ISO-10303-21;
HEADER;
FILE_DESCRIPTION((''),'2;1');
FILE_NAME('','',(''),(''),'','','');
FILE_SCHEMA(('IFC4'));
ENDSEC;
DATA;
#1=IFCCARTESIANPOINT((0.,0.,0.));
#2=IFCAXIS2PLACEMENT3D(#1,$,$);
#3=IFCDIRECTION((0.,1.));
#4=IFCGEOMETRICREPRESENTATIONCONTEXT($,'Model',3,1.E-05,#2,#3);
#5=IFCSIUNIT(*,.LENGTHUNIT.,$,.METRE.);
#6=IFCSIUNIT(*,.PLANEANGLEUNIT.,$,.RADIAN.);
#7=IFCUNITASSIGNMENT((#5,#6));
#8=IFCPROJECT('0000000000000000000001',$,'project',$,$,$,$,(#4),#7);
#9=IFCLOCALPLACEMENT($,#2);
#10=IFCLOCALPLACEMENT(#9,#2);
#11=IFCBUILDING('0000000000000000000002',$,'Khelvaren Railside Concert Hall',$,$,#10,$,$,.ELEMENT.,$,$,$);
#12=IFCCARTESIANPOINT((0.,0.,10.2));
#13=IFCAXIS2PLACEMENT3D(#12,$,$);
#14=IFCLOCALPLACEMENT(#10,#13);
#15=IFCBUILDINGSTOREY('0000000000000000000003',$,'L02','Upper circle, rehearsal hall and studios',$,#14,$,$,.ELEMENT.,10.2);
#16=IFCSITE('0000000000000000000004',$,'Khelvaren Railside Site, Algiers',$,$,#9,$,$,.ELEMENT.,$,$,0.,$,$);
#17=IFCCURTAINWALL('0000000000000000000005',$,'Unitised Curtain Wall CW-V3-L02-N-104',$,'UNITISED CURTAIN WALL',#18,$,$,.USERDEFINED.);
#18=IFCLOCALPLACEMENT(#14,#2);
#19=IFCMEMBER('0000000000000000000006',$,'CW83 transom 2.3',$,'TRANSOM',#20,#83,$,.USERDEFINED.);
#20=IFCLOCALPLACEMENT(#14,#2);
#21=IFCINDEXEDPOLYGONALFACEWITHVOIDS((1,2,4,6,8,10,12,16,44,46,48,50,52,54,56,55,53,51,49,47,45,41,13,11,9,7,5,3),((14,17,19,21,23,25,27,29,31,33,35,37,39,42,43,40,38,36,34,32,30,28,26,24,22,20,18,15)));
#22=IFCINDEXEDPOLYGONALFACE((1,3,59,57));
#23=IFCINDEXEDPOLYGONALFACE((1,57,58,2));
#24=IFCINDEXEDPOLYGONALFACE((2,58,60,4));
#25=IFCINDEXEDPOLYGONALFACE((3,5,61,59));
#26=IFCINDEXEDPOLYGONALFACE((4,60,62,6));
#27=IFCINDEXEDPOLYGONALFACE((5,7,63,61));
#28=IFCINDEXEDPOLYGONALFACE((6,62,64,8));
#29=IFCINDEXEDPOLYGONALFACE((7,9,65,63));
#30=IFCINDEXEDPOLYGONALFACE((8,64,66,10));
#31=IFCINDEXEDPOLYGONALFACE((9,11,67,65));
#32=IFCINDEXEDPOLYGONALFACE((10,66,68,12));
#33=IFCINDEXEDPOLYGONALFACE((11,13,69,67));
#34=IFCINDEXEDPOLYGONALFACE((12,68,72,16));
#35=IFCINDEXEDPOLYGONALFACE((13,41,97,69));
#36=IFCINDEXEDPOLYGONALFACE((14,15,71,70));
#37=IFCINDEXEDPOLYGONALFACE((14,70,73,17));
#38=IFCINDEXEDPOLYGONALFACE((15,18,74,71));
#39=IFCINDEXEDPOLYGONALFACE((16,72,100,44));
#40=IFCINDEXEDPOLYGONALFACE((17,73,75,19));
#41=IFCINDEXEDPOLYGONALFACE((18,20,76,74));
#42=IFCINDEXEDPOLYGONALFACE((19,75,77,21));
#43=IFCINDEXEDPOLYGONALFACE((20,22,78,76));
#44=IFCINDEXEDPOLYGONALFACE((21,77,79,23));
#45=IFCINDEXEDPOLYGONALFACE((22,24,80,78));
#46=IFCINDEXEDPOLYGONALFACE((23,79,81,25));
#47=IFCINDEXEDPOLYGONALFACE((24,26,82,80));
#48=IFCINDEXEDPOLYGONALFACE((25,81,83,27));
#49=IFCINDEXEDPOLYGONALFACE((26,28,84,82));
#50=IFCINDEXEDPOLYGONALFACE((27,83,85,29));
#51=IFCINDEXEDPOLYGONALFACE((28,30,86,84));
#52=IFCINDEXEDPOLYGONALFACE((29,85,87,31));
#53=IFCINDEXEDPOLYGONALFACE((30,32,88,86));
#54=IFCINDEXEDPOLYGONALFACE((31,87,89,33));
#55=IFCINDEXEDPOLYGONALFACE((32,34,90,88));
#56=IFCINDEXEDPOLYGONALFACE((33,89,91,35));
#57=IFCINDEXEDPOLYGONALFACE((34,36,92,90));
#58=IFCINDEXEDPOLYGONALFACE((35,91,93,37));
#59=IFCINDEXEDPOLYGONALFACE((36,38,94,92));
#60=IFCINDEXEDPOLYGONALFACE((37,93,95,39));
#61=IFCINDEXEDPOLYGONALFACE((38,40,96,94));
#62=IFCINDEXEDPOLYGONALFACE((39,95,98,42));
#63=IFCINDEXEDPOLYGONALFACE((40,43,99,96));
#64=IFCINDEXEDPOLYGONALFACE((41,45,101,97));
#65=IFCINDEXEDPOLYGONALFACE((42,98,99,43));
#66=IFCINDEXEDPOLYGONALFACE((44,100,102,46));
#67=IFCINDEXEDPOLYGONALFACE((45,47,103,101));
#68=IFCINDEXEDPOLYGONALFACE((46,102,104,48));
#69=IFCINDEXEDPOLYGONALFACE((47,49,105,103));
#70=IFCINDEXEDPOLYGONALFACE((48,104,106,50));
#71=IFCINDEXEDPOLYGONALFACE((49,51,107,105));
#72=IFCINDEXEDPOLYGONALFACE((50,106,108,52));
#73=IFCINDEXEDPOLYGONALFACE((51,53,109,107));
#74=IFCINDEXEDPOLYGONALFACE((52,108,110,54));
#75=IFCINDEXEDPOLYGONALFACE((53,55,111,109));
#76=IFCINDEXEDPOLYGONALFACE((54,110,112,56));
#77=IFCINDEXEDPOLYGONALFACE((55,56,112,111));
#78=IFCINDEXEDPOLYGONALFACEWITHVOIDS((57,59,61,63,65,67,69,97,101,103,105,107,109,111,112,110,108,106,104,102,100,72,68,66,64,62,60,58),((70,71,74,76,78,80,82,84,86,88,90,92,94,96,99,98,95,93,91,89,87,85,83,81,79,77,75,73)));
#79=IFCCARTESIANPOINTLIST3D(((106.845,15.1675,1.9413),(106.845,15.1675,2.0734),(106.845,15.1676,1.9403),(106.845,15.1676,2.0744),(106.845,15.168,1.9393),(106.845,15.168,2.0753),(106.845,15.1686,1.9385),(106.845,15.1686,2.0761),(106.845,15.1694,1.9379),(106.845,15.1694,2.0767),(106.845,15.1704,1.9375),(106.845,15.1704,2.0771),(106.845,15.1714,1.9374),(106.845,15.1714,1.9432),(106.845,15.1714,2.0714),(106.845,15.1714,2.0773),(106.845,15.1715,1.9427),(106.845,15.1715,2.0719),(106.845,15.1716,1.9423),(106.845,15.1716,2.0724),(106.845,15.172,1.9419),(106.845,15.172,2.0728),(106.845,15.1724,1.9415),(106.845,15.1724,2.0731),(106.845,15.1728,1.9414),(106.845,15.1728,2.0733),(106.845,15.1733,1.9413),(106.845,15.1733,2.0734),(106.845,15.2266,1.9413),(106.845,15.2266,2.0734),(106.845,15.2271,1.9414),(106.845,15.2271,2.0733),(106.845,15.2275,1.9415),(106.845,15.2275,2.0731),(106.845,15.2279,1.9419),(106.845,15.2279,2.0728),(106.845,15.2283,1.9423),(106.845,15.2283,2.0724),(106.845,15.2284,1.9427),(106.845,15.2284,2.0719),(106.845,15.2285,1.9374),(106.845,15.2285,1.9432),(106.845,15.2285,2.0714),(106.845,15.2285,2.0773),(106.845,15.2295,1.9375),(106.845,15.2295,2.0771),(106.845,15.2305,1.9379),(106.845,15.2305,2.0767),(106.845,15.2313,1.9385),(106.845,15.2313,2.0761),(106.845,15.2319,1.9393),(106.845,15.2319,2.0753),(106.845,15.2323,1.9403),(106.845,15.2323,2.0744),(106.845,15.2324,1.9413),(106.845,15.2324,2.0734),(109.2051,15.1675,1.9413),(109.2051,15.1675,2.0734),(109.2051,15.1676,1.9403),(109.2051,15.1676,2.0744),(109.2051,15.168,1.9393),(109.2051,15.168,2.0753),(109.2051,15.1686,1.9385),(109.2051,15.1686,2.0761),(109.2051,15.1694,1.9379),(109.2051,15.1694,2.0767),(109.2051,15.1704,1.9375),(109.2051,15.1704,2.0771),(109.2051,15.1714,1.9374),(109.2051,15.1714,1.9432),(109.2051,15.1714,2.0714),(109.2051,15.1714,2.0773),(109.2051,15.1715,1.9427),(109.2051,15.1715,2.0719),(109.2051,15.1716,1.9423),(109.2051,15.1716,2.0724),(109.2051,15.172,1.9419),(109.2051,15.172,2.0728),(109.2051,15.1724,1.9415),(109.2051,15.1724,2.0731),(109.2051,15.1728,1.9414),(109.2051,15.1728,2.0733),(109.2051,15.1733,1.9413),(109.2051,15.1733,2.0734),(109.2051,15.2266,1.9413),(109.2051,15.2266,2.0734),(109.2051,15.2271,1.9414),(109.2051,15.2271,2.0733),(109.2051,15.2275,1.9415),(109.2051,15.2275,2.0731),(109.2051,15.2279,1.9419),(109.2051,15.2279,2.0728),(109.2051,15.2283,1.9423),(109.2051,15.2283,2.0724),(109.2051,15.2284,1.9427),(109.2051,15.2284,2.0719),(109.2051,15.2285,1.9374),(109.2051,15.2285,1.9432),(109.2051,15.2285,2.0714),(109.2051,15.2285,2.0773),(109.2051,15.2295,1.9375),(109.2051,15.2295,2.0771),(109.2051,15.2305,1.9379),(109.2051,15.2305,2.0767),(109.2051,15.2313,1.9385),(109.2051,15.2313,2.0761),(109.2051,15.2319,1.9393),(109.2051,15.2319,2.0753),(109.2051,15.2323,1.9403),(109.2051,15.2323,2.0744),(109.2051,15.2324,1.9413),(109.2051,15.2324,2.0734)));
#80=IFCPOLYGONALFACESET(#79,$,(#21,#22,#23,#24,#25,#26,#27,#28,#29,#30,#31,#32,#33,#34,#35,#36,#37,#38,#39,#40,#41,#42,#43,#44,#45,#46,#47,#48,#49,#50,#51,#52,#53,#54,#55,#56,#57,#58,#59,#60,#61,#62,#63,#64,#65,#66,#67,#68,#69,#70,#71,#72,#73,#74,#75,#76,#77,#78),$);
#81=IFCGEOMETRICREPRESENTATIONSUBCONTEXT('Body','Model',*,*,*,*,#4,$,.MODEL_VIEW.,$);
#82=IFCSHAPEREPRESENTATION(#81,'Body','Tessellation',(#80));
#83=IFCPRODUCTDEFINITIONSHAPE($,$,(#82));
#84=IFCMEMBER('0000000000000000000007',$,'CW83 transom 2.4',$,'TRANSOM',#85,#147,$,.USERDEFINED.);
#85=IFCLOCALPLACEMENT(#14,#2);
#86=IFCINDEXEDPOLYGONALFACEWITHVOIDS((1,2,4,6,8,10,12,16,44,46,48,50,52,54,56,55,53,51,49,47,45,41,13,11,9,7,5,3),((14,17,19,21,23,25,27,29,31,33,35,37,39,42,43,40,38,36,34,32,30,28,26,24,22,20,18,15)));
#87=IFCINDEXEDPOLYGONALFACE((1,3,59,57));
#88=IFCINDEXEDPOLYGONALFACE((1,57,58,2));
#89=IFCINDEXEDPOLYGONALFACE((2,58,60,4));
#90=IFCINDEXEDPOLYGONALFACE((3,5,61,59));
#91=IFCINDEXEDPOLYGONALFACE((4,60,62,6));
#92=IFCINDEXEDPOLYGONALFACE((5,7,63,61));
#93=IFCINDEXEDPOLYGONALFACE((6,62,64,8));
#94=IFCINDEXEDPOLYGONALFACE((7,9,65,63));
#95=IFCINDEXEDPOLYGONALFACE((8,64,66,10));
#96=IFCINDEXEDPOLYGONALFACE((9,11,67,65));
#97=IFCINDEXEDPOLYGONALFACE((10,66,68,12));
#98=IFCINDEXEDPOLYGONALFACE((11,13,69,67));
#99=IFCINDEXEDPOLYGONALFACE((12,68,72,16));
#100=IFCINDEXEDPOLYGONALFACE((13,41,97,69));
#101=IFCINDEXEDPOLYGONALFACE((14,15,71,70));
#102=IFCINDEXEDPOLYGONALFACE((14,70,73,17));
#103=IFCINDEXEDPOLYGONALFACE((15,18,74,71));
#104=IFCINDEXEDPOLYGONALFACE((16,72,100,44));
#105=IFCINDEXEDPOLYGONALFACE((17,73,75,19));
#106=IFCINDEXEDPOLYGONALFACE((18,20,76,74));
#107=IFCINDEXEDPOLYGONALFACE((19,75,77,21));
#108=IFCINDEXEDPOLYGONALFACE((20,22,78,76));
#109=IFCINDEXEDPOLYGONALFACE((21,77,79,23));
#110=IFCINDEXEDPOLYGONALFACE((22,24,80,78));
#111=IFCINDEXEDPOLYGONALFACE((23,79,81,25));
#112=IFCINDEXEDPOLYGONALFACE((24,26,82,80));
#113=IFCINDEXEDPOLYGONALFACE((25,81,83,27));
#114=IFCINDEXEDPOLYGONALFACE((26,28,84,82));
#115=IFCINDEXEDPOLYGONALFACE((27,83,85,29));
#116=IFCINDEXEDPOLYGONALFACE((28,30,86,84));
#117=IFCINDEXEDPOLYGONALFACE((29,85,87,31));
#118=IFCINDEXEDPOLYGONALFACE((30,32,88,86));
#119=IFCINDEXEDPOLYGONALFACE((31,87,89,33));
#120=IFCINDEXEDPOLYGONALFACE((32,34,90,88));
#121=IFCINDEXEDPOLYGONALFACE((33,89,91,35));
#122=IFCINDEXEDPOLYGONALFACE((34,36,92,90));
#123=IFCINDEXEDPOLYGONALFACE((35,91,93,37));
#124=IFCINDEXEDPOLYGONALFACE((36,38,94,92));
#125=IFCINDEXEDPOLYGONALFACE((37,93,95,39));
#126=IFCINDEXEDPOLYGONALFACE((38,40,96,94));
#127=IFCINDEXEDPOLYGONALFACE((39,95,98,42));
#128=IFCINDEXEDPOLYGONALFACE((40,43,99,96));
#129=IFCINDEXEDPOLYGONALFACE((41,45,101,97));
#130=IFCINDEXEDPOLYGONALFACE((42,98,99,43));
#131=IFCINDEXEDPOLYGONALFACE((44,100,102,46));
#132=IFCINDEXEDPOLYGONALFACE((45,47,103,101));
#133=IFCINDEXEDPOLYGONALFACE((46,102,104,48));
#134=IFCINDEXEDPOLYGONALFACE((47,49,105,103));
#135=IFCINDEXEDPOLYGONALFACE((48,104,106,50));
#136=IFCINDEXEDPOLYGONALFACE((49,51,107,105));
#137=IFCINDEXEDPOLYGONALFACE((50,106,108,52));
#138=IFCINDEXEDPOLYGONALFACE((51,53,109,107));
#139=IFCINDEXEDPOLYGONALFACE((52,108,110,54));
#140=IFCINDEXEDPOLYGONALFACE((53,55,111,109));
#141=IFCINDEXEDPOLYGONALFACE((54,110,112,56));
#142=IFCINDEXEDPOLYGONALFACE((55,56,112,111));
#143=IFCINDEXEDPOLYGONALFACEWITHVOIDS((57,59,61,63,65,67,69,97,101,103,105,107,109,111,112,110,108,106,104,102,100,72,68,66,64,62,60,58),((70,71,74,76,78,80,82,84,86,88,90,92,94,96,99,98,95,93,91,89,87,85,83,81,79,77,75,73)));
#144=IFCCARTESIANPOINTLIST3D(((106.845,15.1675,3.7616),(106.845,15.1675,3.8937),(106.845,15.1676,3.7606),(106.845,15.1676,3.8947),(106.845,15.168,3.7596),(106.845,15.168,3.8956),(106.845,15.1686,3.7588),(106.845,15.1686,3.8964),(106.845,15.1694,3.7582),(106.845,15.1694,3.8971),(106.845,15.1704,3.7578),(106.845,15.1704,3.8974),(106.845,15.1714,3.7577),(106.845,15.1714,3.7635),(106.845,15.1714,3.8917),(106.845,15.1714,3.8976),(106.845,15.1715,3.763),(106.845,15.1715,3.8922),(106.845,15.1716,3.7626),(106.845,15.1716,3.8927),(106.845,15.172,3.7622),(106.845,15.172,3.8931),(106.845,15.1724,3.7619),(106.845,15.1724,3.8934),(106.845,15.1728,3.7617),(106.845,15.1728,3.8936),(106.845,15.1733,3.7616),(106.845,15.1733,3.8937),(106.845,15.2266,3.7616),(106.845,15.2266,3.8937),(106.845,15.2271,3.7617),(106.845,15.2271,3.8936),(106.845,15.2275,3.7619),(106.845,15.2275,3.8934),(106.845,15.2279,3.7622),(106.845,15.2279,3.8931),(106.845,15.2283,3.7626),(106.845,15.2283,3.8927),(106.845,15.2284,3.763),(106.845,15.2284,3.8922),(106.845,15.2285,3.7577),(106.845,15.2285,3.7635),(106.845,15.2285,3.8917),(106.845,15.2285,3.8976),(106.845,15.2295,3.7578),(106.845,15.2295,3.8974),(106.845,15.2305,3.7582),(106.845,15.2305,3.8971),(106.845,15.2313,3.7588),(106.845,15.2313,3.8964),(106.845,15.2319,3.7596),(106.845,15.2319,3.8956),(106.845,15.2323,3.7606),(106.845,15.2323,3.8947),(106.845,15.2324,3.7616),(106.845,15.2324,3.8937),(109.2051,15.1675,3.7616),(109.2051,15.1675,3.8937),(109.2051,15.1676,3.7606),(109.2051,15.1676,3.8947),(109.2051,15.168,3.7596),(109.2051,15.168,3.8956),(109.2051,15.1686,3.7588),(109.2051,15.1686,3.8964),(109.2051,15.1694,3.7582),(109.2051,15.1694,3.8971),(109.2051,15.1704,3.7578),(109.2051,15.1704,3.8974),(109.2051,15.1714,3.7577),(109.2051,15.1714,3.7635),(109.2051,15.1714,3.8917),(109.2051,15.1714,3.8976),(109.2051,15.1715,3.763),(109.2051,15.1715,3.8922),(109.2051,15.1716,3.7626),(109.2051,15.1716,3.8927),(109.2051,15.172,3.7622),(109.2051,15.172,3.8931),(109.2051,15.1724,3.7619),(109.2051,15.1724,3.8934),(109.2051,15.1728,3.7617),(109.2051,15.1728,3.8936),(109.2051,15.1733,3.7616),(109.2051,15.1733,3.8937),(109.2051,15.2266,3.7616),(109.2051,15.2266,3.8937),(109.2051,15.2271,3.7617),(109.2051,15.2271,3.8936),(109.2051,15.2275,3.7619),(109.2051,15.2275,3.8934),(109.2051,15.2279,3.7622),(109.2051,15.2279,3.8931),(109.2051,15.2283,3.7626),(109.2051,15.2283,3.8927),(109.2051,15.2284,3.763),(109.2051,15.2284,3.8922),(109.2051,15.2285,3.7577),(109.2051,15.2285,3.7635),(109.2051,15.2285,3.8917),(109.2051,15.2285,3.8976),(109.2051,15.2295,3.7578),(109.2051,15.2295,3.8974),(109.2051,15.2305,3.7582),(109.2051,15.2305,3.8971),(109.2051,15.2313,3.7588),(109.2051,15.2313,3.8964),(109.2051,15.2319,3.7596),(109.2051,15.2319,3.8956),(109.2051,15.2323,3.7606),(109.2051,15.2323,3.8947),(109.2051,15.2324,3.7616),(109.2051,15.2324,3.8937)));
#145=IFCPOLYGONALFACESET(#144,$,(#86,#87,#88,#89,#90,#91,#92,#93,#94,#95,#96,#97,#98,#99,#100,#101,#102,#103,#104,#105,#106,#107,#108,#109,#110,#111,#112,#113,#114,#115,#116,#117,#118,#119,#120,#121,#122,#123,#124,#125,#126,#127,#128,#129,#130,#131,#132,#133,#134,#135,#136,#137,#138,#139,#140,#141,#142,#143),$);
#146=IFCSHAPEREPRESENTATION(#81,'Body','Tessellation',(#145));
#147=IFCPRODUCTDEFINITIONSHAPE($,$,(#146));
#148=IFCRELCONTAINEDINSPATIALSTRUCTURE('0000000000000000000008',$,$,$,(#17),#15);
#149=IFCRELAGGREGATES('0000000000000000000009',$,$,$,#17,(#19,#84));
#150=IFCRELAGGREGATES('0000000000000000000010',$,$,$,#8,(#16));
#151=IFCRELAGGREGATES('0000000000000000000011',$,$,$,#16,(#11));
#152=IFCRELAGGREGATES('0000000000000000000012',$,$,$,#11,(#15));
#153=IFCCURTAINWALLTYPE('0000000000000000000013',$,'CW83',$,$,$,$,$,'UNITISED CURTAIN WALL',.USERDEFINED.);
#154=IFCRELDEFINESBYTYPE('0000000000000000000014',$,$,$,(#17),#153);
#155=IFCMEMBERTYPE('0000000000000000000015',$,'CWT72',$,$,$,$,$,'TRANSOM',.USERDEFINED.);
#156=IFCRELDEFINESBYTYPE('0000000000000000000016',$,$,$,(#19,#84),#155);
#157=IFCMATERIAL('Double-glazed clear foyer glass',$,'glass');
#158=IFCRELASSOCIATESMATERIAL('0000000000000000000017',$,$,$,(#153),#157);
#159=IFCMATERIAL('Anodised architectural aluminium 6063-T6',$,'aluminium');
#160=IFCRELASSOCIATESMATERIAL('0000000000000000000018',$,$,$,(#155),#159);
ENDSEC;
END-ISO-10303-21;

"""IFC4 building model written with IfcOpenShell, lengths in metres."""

from ifc_helpers import new_model, si_unit, direction, frame, origin, origin_2d, place, context, subcontext, project, spatial, hollow_rectangle, extrude, material, material_profile, profile_set, type_object, element, aggregate, save


model = new_model("IFC4")

# Units and contexts
model_context = context("Model", 3, precision=1e-05, world=origin(), true_north=direction((0.0, 1.0)))
body_context = subcontext(model_context, "Body", "Model", "MODEL_VIEW")
ifc_project = project(units=[si_unit("LENGTHUNIT", "METRE"), si_unit("PLANEANGLEUNIT", "RADIAN")], contexts=[model_context])

# Site, building, storey
site_placement = place(None, origin())
site = spatial("IfcSite", under=ifc_project, at=site_placement, Name="Khelvaren Railside Site, Algiers", CompositionType="ELEMENT", RefElevation=0.0)
building_placement = place(site_placement, origin())
building = spatial("IfcBuilding", under=site, at=building_placement, Name="Khelvaren Railside Concert Hall", CompositionType="ELEMENT")
storey_placement = place(building_placement, frame((0.0, 0.0, 10.2)))
storey = spatial("IfcBuildingStorey", under=building, at=storey_placement, Name="L02", Description="Upper circle, rehearsal hall and studios", CompositionType="ELEMENT", Elevation=10.2)

# Shared definitions
ifc_material_1 = material(Name="Double-glazed clear foyer glass", Category="glass")
ifc_material_2 = material(Name="Anodised architectural aluminium 6063-T6", Category="aluminium")

# Curtain wall, members
curtain_wall_type_1 = type_object("IfcCurtainWallType", Name="CW83", ElementType="UNITISED CURTAIN WALL", PredefinedType="USERDEFINED", material=ifc_material_1)
curtain_wall_1_placement = place(storey_placement, origin())
curtain_wall_1 = element("IfcCurtainWall", 1, at=curtain_wall_1_placement, inside=storey, type_object=curtain_wall_type_1, Name="Unitised Curtain Wall CW-V3-L02-N-104", ObjectType="UNITISED CURTAIN WALL", PredefinedType="USERDEFINED")
ifc_material_profile_1 = material_profile(ifc_material_2, hollow_rectangle(XDim=0.0649, YDim=0.1399, WallThickness=0.0039, InnerFilletRadius=0.002, OuterFilletRadius=0.0039, at=origin_2d()), Name="CWT 65x140x4")
ifc_profile_set_1 = profile_set([ifc_material_profile_1], Name="Anodised architectural aluminium 6063-T6")
member_type_1 = type_object("IfcMemberType", Name="CWT72", ElementType="TRANSOM", PredefinedType="USERDEFINED", material=ifc_profile_set_1)
member_1_placement = place(storey_placement, frame((106.845, 15.2, 2.0073), z_axis=(1.0, 0.0, 0.0), x_axis=(0.0, 1.0, 0.0)))
member_1 = element("IfcMember", 2, at=member_1_placement, type_object=member_type_1, Name="CW83 transom 2.3", ObjectType="TRANSOM", PredefinedType="USERDEFINED", context=body_context, shape_type="SweptSolid", body=[
    extrude(hollow_rectangle(XDim=0.0649, YDim=0.1399, WallThickness=0.0039, InnerFilletRadius=0.002, OuterFilletRadius=0.0039, at=origin_2d()), origin(), (0.0, 0.0, 1.0), 2.3601),
])
member_2_placement = place(storey_placement, frame((106.845, 15.2, 3.8276), z_axis=(1.0, 0.0, 0.0), x_axis=(0.0, 1.0, 0.0)))
member_2 = element("IfcMember", 3, at=member_2_placement, type_object=member_type_1, Name="CW83 transom 2.4", ObjectType="TRANSOM", PredefinedType="USERDEFINED", context=body_context, shape_type="SweptSolid", body=[
    extrude(hollow_rectangle(XDim=0.0649, YDim=0.1399, WallThickness=0.0039, InnerFilletRadius=0.002, OuterFilletRadius=0.0039, at=origin_2d()), origin(), (0.0, 0.0, 1.0), 2.3601),
])

aggregate(curtain_wall_1, [member_1, member_2])

save(model, "model.ifc")
